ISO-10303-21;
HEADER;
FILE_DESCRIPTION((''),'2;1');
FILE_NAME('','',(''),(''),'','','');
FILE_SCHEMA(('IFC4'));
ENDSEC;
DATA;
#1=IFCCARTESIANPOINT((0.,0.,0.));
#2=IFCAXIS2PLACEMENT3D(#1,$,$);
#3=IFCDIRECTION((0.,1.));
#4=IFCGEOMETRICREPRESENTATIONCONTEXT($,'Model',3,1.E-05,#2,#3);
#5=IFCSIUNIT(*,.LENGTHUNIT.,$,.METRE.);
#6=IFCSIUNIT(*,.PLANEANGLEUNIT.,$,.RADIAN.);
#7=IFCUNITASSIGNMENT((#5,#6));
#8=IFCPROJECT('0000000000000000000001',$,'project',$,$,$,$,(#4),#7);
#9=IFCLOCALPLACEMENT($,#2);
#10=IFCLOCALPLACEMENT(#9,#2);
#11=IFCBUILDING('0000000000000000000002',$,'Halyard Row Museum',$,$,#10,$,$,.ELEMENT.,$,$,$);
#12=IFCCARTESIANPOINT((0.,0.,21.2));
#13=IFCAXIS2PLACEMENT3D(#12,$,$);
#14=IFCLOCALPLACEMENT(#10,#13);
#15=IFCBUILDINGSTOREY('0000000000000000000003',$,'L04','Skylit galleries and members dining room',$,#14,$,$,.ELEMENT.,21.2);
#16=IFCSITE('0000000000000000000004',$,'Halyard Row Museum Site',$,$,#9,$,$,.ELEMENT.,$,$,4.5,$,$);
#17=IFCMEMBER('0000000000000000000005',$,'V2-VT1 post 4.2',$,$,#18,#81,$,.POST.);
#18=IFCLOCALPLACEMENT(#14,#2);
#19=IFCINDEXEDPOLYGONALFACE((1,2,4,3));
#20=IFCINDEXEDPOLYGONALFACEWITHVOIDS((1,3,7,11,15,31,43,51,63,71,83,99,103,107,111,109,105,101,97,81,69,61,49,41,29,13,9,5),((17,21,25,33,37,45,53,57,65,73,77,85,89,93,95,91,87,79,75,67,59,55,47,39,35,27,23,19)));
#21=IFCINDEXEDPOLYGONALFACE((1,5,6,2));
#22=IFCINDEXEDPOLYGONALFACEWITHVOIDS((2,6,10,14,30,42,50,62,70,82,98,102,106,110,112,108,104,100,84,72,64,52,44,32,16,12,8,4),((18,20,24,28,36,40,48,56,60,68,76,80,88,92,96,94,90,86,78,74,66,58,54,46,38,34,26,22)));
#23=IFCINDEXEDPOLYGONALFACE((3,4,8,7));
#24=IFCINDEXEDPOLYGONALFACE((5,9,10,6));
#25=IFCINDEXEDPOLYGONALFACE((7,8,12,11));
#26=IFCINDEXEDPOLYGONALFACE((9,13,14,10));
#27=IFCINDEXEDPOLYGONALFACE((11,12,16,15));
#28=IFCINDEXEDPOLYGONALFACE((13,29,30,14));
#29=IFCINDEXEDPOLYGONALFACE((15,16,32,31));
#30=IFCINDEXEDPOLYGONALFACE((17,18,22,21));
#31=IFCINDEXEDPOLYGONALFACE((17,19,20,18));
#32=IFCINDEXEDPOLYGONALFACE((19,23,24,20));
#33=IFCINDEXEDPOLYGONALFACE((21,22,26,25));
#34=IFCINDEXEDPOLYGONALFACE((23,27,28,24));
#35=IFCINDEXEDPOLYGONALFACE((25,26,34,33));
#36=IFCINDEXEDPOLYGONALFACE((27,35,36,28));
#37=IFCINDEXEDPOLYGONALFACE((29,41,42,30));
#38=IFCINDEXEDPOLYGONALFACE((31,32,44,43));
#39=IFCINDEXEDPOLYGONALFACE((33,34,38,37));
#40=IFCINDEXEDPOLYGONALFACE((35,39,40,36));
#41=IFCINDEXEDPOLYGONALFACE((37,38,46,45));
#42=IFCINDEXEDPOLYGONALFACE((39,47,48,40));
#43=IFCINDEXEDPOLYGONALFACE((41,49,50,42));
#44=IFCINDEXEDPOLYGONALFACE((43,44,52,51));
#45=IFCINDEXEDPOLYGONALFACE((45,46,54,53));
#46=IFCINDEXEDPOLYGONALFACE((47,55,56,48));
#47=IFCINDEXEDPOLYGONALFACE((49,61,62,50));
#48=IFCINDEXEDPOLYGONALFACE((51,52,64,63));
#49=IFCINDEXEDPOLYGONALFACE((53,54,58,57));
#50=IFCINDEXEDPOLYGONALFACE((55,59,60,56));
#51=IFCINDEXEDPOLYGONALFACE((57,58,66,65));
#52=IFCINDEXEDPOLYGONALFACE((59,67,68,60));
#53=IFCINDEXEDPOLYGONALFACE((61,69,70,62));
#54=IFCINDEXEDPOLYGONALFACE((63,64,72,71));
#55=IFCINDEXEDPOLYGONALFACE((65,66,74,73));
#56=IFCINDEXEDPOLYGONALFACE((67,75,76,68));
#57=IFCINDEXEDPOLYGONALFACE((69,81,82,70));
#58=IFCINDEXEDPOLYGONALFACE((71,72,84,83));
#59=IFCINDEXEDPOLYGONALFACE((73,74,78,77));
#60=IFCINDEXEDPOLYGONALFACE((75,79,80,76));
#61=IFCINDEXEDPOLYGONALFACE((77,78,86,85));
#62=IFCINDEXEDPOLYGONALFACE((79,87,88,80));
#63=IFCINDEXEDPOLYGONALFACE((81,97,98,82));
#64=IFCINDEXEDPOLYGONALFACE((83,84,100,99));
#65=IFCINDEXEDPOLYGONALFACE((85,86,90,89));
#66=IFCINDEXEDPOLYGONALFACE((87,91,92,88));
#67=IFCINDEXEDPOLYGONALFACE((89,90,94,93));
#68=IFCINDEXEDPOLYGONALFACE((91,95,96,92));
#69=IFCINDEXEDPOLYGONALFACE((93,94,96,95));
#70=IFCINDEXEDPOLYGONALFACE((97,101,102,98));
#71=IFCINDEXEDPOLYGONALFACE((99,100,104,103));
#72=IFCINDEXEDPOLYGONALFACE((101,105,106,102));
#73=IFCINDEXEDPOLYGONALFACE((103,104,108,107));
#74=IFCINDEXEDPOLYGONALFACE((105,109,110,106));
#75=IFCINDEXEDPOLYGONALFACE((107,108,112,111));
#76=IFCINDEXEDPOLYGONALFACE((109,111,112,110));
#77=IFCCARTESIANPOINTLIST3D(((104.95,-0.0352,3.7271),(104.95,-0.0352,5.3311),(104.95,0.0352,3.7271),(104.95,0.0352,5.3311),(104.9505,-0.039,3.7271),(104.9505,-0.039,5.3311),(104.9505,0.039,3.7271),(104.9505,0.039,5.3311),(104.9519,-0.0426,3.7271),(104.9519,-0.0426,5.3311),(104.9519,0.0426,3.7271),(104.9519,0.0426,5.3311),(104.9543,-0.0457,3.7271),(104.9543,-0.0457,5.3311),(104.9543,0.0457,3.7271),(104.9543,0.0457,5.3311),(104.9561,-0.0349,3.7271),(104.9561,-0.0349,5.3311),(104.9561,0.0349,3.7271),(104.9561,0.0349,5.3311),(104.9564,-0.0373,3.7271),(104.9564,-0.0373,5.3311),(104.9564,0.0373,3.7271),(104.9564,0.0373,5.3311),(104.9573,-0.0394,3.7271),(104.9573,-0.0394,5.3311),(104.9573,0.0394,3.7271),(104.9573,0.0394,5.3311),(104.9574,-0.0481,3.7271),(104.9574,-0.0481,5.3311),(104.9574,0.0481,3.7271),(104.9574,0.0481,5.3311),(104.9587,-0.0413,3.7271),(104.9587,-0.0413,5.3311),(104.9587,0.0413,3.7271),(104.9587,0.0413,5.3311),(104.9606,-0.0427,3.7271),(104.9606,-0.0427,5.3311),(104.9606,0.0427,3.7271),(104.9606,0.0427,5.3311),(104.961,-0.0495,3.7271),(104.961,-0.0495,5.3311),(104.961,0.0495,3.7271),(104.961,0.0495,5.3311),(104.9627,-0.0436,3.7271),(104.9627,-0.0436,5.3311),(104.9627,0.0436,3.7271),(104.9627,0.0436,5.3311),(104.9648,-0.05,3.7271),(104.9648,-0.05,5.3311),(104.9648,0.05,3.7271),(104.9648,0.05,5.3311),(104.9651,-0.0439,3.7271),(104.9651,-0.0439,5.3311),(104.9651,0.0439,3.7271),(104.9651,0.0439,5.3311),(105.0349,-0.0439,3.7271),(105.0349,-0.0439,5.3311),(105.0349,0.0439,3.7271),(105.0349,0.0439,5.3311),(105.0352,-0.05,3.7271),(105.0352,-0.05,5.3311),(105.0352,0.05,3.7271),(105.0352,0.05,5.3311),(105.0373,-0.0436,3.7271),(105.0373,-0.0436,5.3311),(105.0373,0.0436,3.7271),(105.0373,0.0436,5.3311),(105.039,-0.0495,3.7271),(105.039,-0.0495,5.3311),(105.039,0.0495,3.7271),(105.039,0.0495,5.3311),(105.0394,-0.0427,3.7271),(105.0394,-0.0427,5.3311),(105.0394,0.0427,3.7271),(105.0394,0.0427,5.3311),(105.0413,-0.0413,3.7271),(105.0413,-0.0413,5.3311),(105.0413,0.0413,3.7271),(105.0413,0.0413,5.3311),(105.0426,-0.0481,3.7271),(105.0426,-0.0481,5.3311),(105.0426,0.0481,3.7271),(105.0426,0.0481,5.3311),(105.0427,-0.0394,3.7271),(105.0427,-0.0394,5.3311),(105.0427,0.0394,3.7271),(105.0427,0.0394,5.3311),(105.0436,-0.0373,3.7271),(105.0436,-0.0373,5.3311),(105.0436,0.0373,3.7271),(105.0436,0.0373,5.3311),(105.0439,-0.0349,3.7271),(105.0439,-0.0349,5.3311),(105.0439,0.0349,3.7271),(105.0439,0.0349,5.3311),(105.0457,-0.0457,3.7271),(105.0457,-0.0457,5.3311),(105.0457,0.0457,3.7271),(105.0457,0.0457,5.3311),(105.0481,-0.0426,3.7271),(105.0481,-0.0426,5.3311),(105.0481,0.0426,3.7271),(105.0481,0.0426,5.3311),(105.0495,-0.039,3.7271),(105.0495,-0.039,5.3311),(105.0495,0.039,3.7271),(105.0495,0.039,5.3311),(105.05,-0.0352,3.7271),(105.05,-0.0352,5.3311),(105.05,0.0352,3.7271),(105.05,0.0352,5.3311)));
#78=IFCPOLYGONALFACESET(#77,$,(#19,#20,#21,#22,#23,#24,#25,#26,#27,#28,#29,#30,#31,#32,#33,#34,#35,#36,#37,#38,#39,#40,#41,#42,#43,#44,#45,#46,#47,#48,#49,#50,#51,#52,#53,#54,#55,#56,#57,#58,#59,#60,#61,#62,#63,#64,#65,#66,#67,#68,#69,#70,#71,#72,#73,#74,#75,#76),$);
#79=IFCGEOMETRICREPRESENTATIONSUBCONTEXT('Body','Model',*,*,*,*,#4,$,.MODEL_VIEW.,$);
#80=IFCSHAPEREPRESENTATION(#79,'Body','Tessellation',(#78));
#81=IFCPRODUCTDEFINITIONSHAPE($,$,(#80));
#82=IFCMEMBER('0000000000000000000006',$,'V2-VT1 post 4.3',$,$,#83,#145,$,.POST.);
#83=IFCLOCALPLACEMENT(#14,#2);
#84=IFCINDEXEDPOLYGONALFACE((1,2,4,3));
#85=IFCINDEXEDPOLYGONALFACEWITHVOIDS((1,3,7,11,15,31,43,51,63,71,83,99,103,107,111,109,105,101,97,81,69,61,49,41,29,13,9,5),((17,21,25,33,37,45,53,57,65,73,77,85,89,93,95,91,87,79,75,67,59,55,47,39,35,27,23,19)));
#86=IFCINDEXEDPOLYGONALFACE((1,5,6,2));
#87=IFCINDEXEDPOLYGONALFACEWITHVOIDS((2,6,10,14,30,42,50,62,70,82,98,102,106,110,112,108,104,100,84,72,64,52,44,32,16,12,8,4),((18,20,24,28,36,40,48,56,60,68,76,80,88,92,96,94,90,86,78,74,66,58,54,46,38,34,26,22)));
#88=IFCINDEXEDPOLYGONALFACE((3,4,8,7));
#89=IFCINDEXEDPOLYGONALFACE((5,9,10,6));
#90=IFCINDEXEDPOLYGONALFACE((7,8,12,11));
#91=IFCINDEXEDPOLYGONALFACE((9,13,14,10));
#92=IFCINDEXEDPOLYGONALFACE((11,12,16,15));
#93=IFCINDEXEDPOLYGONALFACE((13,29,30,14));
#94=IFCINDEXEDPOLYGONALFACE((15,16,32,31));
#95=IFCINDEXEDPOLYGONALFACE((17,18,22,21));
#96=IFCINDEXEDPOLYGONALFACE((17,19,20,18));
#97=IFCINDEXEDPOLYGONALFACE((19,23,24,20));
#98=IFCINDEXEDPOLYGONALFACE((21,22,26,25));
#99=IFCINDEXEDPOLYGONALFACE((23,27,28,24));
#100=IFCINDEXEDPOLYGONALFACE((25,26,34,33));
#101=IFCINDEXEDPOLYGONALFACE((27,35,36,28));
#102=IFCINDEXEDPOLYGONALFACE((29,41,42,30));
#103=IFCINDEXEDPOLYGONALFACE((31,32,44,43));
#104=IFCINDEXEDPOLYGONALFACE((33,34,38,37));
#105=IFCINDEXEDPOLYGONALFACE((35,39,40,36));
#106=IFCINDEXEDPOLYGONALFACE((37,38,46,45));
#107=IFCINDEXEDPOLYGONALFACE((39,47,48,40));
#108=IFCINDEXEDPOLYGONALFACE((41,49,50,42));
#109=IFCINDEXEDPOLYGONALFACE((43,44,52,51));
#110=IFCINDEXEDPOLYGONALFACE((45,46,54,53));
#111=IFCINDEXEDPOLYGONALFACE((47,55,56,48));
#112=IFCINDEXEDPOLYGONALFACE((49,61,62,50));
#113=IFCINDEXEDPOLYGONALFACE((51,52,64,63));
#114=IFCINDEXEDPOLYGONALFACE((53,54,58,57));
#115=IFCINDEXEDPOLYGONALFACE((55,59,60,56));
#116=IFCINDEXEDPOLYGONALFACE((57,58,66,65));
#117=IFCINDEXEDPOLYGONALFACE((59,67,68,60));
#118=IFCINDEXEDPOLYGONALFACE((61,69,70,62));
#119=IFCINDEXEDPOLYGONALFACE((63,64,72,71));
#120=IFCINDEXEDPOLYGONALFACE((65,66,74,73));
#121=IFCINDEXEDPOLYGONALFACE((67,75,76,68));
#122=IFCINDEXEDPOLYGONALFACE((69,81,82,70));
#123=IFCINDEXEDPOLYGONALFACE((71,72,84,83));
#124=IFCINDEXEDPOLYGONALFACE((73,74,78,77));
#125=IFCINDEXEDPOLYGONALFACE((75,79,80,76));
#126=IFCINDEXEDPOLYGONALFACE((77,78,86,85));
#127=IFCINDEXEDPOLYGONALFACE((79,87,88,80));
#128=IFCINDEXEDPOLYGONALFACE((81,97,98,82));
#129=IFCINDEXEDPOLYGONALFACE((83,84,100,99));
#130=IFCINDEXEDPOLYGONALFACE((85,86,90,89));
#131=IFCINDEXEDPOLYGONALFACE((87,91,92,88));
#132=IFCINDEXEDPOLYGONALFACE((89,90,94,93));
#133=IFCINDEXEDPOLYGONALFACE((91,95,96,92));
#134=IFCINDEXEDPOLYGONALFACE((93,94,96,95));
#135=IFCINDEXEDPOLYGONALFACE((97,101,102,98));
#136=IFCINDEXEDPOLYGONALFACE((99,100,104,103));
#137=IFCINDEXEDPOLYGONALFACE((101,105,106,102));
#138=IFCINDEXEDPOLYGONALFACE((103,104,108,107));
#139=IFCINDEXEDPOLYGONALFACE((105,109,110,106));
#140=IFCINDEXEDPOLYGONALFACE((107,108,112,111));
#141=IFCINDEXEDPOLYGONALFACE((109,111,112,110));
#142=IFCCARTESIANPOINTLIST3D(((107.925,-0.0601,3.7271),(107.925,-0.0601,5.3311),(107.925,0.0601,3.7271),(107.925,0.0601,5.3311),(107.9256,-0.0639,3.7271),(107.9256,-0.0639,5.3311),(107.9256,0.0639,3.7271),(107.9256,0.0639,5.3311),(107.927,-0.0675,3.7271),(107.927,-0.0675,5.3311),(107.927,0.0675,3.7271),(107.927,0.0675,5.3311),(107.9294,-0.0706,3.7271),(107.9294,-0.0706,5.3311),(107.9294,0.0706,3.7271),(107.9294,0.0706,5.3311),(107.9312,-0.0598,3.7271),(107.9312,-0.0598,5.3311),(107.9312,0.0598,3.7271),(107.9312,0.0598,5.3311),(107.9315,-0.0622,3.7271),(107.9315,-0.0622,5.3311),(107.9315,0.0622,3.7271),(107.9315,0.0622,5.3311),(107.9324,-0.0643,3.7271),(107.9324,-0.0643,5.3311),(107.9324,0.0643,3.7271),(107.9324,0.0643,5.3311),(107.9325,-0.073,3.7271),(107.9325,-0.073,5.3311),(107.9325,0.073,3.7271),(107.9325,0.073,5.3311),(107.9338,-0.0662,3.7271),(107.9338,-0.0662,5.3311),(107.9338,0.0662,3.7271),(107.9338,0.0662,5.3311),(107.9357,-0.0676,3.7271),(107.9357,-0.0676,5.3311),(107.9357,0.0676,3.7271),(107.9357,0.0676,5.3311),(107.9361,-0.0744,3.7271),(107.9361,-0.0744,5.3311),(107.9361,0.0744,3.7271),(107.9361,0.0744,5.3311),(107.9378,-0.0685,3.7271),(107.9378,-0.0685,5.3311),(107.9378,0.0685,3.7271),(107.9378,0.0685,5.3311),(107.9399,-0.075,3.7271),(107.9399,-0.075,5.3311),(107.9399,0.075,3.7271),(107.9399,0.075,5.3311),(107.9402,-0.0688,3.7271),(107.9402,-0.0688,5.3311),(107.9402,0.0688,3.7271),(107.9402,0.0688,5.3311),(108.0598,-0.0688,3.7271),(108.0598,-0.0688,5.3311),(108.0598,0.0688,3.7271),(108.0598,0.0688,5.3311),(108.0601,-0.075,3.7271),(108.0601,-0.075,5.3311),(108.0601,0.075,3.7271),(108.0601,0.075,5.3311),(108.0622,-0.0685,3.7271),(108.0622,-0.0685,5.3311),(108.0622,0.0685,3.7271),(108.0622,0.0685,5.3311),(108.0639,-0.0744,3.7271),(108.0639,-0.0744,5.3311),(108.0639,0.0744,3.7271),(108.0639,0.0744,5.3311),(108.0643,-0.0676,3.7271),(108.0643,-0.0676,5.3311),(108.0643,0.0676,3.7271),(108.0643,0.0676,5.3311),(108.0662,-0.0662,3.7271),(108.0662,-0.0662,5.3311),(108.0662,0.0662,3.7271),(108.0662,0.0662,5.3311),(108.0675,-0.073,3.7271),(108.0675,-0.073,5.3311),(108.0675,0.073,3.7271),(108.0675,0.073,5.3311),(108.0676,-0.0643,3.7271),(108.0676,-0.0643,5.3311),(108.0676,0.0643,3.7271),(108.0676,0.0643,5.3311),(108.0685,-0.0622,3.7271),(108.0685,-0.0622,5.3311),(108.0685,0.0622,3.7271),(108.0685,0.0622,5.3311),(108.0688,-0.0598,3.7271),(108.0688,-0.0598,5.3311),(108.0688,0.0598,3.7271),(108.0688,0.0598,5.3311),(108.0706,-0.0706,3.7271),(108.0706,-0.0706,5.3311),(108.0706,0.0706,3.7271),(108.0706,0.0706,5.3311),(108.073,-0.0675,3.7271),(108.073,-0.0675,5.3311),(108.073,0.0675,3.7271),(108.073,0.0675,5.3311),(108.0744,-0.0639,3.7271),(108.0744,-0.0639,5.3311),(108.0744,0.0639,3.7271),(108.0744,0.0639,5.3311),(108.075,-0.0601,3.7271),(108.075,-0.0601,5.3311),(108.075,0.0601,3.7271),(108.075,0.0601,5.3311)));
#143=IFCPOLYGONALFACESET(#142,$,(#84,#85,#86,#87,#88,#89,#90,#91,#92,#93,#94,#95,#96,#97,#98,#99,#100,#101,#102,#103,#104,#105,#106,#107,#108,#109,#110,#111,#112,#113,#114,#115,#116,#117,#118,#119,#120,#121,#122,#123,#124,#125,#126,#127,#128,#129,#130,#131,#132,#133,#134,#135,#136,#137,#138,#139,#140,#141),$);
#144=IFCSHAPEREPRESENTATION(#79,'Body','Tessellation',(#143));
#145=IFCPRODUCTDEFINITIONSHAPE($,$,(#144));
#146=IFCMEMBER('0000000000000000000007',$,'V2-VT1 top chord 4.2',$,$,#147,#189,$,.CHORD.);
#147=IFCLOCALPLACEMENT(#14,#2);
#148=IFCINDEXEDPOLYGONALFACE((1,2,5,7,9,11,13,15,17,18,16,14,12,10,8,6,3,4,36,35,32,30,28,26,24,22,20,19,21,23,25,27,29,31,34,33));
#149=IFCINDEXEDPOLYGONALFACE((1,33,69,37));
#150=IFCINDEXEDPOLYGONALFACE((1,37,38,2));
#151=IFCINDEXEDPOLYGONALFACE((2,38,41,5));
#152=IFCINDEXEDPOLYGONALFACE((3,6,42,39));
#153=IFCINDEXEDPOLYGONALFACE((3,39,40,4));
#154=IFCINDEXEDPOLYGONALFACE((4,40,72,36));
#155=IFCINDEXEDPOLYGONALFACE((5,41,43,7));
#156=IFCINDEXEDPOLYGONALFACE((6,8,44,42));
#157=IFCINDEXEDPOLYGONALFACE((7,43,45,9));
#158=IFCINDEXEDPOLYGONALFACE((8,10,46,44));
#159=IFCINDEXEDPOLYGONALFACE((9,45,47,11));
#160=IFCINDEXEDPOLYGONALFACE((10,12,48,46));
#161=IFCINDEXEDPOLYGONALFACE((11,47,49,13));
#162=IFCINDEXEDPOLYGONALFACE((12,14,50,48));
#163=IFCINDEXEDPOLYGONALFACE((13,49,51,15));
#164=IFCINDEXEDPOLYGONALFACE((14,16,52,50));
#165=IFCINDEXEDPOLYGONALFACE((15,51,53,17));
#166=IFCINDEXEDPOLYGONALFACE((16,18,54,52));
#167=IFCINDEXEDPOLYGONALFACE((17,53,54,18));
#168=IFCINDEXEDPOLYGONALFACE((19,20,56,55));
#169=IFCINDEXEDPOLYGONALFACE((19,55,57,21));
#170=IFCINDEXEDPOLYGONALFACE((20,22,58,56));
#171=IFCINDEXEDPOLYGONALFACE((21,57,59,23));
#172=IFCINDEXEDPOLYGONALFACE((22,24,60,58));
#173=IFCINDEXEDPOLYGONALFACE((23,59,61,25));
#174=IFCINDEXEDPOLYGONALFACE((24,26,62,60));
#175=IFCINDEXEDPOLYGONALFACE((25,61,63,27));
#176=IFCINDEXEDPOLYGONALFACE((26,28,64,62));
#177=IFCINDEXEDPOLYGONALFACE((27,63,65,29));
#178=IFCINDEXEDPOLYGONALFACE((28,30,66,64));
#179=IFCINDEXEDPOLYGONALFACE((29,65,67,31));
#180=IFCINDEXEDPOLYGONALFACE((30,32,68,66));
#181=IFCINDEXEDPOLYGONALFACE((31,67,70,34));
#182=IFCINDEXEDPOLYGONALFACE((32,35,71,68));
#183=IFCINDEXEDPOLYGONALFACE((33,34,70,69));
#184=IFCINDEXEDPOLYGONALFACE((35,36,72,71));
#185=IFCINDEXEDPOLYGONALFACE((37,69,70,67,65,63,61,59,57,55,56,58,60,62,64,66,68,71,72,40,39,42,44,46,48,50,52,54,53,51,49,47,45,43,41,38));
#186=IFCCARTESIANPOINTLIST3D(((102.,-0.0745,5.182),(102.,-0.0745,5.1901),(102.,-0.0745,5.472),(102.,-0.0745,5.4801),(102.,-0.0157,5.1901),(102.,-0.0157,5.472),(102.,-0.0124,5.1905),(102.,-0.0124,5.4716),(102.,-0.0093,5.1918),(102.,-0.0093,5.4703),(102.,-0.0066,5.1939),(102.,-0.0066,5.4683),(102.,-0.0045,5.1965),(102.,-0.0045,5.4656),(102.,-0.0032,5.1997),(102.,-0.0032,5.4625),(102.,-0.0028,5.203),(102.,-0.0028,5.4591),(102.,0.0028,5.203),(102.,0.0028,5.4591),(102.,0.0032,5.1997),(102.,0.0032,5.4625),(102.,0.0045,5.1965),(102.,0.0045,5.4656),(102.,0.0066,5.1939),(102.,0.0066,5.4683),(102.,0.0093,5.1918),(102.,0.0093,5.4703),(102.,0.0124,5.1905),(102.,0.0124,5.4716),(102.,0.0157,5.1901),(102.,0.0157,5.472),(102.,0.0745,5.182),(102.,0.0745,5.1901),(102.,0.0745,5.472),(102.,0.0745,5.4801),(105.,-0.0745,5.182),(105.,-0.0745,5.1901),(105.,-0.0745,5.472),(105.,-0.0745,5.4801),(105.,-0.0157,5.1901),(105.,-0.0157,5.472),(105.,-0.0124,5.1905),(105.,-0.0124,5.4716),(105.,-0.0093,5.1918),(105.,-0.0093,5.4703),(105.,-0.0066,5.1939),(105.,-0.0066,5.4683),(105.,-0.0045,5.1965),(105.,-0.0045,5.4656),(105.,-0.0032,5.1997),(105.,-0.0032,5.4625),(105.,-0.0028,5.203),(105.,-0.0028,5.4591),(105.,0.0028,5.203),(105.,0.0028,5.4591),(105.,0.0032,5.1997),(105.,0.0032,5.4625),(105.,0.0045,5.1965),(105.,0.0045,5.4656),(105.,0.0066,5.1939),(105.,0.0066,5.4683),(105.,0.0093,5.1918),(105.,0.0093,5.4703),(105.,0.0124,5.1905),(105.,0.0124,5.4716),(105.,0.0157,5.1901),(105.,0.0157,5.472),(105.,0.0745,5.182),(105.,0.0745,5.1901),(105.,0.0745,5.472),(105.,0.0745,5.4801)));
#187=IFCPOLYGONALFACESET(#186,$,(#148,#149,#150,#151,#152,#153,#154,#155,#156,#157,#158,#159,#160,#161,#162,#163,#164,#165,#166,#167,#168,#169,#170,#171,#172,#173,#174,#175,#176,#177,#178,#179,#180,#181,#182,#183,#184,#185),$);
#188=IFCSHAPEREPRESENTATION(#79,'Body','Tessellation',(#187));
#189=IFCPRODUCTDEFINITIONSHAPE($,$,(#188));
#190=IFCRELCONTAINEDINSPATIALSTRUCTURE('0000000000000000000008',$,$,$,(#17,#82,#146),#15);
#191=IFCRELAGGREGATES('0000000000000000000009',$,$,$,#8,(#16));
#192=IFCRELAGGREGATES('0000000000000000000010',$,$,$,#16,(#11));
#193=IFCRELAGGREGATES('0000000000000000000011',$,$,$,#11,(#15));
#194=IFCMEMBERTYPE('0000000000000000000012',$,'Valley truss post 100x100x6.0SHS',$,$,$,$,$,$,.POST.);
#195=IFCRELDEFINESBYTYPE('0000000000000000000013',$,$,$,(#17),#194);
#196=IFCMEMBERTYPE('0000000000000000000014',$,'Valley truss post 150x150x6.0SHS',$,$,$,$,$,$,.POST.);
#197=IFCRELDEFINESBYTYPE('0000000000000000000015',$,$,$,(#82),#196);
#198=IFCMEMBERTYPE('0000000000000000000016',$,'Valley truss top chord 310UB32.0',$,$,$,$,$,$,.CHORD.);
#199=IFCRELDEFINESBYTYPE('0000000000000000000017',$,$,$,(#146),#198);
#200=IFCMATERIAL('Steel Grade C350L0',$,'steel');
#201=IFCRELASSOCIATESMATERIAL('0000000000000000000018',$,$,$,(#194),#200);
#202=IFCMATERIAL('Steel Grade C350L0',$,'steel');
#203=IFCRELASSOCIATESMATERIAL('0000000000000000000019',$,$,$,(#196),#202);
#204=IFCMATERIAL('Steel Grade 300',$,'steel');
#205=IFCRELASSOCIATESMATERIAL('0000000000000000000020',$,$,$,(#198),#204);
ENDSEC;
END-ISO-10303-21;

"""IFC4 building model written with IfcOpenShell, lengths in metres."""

from ifc_helpers import new_model, si_unit, direction, frame, origin, origin_2d, place, context, subcontext, project, spatial, hollow_rectangle, i_section, extrude, material, material_profile, profile_set, type_object, element, save


model = new_model("IFC4")

# Units and contexts
model_context = context("Model", 3, precision=1e-05, world=origin(), true_north=direction((0.0, 1.0)))
body_context = subcontext(model_context, "Body", "Model", "MODEL_VIEW")
ifc_project = project(units=[si_unit("LENGTHUNIT", "METRE"), si_unit("PLANEANGLEUNIT", "RADIAN")], contexts=[model_context])

# Site, building, storey
site_placement = place(None, origin())
site = spatial("IfcSite", under=ifc_project, at=site_placement, Name="Halyard Row Museum Site", CompositionType="ELEMENT", RefElevation=4.5)
building_placement = place(site_placement, origin())
building = spatial("IfcBuilding", under=site, at=building_placement, Name="Halyard Row Museum", CompositionType="ELEMENT")
storey_placement = place(building_placement, frame((0.0, 0.0, 21.2)))
storey = spatial("IfcBuildingStorey", under=building, at=storey_placement, Name="L04", Description="Skylit galleries and members dining room", CompositionType="ELEMENT", Elevation=21.2)

# Members
ifc_material_1 = material(Name="Steel Grade C350L0", Category="steel")
ifc_material_profile_1 = material_profile(ifc_material_1, hollow_rectangle(XDim=0.1001, YDim=0.1001, WallThickness=0.0061, InnerFilletRadius=0.009, OuterFilletRadius=0.0149, at=origin_2d()), Name="100x100x6.0SHS")
ifc_profile_set_1 = profile_set([ifc_material_profile_1], Name="Steel Grade C350L0")
member_type_1 = type_object("IfcMemberType", Name="Valley truss post 100x100x6.0SHS", PredefinedType="POST", material=ifc_profile_set_1)
for number, where, z_axis, x_axis, name in (
    (1, (105.0, 0.0, 3.7271), (0.0, 0.0, 1.0), (1.0, 0.0, 0.0), "V2-VT1 post 4.2"),
):
    element("IfcMember", number, at=place(storey_placement, frame(where, z_axis=z_axis, x_axis=x_axis)), inside=storey, type_object=member_type_1, Name=name, PredefinedType="POST", context=body_context, shape_type="SweptSolid", body=[
        extrude(hollow_rectangle(XDim=0.1001, YDim=0.1001, WallThickness=0.0061, InnerFilletRadius=0.009, OuterFilletRadius=0.0149, at=origin_2d()), origin(), (0.0, 0.0, 1.0), 1.604),
    ])
ifc_material_2 = material(Name="Steel Grade C350L0", Category="steel")
ifc_material_profile_2 = material_profile(ifc_material_2, hollow_rectangle(XDim=0.1499, YDim=0.1499, WallThickness=0.0061, InnerFilletRadius=0.009, OuterFilletRadius=0.0149, at=origin_2d()), Name="150x150x6.0SHS")
ifc_profile_set_2 = profile_set([ifc_material_profile_2], Name="Steel Grade C350L0")
member_type_2 = type_object("IfcMemberType", Name="Valley truss post 150x150x6.0SHS", PredefinedType="POST", material=ifc_profile_set_2)
member_1_placement = place(storey_placement, frame((108.0, 0.0, 3.7271), z_axis=(0.0, 0.0, 1.0), x_axis=(1.0, 0.0, 0.0)))
element("IfcMember", 2, at=member_1_placement, inside=storey, type_object=member_type_2, Name="V2-VT1 post 4.3", PredefinedType="POST", context=body_context, shape_type="SweptSolid", body=[
    extrude(hollow_rectangle(XDim=0.1499, YDim=0.1499, WallThickness=0.0061, InnerFilletRadius=0.009, OuterFilletRadius=0.0149, at=origin_2d()), origin(), (0.0, 0.0, 1.0), 1.604),
])
ifc_material_3 = material(Name="Steel Grade 300", Category="steel")
ifc_material_profile_3 = material_profile(ifc_material_3, i_section(OverallWidth=0.1489, OverallDepth=0.2981, WebThickness=0.0056, FlangeThickness=0.0081, FilletRadius=0.0129, at=origin_2d()), Name="310UB32.0")
ifc_profile_set_3 = profile_set([ifc_material_profile_3], Name="Steel Grade 300")
member_type_3 = type_object("IfcMemberType", Name="Valley truss top chord 310UB32.0", PredefinedType="CHORD", material=ifc_profile_set_3)
for number, where, z_axis, x_axis, name in (
    (3, (102.0, 0.0, 5.3311), (1.0, 0.0, 0.0), (0.0, 1.0, 0.0), "V2-VT1 top chord 4.2"),
):
    element("IfcMember", number, at=place(storey_placement, frame(where, z_axis=z_axis, x_axis=x_axis)), inside=storey, type_object=member_type_3, Name=name, PredefinedType="CHORD", context=body_context, shape_type="SweptSolid", body=[
        extrude(i_section(OverallWidth=0.1489, OverallDepth=0.2981, WebThickness=0.0056, FlangeThickness=0.0081, FilletRadius=0.0129, at=origin_2d()), origin(), (0.0, 0.0, 1.0), 3.0),
    ])

save(model, "model.ifc")
